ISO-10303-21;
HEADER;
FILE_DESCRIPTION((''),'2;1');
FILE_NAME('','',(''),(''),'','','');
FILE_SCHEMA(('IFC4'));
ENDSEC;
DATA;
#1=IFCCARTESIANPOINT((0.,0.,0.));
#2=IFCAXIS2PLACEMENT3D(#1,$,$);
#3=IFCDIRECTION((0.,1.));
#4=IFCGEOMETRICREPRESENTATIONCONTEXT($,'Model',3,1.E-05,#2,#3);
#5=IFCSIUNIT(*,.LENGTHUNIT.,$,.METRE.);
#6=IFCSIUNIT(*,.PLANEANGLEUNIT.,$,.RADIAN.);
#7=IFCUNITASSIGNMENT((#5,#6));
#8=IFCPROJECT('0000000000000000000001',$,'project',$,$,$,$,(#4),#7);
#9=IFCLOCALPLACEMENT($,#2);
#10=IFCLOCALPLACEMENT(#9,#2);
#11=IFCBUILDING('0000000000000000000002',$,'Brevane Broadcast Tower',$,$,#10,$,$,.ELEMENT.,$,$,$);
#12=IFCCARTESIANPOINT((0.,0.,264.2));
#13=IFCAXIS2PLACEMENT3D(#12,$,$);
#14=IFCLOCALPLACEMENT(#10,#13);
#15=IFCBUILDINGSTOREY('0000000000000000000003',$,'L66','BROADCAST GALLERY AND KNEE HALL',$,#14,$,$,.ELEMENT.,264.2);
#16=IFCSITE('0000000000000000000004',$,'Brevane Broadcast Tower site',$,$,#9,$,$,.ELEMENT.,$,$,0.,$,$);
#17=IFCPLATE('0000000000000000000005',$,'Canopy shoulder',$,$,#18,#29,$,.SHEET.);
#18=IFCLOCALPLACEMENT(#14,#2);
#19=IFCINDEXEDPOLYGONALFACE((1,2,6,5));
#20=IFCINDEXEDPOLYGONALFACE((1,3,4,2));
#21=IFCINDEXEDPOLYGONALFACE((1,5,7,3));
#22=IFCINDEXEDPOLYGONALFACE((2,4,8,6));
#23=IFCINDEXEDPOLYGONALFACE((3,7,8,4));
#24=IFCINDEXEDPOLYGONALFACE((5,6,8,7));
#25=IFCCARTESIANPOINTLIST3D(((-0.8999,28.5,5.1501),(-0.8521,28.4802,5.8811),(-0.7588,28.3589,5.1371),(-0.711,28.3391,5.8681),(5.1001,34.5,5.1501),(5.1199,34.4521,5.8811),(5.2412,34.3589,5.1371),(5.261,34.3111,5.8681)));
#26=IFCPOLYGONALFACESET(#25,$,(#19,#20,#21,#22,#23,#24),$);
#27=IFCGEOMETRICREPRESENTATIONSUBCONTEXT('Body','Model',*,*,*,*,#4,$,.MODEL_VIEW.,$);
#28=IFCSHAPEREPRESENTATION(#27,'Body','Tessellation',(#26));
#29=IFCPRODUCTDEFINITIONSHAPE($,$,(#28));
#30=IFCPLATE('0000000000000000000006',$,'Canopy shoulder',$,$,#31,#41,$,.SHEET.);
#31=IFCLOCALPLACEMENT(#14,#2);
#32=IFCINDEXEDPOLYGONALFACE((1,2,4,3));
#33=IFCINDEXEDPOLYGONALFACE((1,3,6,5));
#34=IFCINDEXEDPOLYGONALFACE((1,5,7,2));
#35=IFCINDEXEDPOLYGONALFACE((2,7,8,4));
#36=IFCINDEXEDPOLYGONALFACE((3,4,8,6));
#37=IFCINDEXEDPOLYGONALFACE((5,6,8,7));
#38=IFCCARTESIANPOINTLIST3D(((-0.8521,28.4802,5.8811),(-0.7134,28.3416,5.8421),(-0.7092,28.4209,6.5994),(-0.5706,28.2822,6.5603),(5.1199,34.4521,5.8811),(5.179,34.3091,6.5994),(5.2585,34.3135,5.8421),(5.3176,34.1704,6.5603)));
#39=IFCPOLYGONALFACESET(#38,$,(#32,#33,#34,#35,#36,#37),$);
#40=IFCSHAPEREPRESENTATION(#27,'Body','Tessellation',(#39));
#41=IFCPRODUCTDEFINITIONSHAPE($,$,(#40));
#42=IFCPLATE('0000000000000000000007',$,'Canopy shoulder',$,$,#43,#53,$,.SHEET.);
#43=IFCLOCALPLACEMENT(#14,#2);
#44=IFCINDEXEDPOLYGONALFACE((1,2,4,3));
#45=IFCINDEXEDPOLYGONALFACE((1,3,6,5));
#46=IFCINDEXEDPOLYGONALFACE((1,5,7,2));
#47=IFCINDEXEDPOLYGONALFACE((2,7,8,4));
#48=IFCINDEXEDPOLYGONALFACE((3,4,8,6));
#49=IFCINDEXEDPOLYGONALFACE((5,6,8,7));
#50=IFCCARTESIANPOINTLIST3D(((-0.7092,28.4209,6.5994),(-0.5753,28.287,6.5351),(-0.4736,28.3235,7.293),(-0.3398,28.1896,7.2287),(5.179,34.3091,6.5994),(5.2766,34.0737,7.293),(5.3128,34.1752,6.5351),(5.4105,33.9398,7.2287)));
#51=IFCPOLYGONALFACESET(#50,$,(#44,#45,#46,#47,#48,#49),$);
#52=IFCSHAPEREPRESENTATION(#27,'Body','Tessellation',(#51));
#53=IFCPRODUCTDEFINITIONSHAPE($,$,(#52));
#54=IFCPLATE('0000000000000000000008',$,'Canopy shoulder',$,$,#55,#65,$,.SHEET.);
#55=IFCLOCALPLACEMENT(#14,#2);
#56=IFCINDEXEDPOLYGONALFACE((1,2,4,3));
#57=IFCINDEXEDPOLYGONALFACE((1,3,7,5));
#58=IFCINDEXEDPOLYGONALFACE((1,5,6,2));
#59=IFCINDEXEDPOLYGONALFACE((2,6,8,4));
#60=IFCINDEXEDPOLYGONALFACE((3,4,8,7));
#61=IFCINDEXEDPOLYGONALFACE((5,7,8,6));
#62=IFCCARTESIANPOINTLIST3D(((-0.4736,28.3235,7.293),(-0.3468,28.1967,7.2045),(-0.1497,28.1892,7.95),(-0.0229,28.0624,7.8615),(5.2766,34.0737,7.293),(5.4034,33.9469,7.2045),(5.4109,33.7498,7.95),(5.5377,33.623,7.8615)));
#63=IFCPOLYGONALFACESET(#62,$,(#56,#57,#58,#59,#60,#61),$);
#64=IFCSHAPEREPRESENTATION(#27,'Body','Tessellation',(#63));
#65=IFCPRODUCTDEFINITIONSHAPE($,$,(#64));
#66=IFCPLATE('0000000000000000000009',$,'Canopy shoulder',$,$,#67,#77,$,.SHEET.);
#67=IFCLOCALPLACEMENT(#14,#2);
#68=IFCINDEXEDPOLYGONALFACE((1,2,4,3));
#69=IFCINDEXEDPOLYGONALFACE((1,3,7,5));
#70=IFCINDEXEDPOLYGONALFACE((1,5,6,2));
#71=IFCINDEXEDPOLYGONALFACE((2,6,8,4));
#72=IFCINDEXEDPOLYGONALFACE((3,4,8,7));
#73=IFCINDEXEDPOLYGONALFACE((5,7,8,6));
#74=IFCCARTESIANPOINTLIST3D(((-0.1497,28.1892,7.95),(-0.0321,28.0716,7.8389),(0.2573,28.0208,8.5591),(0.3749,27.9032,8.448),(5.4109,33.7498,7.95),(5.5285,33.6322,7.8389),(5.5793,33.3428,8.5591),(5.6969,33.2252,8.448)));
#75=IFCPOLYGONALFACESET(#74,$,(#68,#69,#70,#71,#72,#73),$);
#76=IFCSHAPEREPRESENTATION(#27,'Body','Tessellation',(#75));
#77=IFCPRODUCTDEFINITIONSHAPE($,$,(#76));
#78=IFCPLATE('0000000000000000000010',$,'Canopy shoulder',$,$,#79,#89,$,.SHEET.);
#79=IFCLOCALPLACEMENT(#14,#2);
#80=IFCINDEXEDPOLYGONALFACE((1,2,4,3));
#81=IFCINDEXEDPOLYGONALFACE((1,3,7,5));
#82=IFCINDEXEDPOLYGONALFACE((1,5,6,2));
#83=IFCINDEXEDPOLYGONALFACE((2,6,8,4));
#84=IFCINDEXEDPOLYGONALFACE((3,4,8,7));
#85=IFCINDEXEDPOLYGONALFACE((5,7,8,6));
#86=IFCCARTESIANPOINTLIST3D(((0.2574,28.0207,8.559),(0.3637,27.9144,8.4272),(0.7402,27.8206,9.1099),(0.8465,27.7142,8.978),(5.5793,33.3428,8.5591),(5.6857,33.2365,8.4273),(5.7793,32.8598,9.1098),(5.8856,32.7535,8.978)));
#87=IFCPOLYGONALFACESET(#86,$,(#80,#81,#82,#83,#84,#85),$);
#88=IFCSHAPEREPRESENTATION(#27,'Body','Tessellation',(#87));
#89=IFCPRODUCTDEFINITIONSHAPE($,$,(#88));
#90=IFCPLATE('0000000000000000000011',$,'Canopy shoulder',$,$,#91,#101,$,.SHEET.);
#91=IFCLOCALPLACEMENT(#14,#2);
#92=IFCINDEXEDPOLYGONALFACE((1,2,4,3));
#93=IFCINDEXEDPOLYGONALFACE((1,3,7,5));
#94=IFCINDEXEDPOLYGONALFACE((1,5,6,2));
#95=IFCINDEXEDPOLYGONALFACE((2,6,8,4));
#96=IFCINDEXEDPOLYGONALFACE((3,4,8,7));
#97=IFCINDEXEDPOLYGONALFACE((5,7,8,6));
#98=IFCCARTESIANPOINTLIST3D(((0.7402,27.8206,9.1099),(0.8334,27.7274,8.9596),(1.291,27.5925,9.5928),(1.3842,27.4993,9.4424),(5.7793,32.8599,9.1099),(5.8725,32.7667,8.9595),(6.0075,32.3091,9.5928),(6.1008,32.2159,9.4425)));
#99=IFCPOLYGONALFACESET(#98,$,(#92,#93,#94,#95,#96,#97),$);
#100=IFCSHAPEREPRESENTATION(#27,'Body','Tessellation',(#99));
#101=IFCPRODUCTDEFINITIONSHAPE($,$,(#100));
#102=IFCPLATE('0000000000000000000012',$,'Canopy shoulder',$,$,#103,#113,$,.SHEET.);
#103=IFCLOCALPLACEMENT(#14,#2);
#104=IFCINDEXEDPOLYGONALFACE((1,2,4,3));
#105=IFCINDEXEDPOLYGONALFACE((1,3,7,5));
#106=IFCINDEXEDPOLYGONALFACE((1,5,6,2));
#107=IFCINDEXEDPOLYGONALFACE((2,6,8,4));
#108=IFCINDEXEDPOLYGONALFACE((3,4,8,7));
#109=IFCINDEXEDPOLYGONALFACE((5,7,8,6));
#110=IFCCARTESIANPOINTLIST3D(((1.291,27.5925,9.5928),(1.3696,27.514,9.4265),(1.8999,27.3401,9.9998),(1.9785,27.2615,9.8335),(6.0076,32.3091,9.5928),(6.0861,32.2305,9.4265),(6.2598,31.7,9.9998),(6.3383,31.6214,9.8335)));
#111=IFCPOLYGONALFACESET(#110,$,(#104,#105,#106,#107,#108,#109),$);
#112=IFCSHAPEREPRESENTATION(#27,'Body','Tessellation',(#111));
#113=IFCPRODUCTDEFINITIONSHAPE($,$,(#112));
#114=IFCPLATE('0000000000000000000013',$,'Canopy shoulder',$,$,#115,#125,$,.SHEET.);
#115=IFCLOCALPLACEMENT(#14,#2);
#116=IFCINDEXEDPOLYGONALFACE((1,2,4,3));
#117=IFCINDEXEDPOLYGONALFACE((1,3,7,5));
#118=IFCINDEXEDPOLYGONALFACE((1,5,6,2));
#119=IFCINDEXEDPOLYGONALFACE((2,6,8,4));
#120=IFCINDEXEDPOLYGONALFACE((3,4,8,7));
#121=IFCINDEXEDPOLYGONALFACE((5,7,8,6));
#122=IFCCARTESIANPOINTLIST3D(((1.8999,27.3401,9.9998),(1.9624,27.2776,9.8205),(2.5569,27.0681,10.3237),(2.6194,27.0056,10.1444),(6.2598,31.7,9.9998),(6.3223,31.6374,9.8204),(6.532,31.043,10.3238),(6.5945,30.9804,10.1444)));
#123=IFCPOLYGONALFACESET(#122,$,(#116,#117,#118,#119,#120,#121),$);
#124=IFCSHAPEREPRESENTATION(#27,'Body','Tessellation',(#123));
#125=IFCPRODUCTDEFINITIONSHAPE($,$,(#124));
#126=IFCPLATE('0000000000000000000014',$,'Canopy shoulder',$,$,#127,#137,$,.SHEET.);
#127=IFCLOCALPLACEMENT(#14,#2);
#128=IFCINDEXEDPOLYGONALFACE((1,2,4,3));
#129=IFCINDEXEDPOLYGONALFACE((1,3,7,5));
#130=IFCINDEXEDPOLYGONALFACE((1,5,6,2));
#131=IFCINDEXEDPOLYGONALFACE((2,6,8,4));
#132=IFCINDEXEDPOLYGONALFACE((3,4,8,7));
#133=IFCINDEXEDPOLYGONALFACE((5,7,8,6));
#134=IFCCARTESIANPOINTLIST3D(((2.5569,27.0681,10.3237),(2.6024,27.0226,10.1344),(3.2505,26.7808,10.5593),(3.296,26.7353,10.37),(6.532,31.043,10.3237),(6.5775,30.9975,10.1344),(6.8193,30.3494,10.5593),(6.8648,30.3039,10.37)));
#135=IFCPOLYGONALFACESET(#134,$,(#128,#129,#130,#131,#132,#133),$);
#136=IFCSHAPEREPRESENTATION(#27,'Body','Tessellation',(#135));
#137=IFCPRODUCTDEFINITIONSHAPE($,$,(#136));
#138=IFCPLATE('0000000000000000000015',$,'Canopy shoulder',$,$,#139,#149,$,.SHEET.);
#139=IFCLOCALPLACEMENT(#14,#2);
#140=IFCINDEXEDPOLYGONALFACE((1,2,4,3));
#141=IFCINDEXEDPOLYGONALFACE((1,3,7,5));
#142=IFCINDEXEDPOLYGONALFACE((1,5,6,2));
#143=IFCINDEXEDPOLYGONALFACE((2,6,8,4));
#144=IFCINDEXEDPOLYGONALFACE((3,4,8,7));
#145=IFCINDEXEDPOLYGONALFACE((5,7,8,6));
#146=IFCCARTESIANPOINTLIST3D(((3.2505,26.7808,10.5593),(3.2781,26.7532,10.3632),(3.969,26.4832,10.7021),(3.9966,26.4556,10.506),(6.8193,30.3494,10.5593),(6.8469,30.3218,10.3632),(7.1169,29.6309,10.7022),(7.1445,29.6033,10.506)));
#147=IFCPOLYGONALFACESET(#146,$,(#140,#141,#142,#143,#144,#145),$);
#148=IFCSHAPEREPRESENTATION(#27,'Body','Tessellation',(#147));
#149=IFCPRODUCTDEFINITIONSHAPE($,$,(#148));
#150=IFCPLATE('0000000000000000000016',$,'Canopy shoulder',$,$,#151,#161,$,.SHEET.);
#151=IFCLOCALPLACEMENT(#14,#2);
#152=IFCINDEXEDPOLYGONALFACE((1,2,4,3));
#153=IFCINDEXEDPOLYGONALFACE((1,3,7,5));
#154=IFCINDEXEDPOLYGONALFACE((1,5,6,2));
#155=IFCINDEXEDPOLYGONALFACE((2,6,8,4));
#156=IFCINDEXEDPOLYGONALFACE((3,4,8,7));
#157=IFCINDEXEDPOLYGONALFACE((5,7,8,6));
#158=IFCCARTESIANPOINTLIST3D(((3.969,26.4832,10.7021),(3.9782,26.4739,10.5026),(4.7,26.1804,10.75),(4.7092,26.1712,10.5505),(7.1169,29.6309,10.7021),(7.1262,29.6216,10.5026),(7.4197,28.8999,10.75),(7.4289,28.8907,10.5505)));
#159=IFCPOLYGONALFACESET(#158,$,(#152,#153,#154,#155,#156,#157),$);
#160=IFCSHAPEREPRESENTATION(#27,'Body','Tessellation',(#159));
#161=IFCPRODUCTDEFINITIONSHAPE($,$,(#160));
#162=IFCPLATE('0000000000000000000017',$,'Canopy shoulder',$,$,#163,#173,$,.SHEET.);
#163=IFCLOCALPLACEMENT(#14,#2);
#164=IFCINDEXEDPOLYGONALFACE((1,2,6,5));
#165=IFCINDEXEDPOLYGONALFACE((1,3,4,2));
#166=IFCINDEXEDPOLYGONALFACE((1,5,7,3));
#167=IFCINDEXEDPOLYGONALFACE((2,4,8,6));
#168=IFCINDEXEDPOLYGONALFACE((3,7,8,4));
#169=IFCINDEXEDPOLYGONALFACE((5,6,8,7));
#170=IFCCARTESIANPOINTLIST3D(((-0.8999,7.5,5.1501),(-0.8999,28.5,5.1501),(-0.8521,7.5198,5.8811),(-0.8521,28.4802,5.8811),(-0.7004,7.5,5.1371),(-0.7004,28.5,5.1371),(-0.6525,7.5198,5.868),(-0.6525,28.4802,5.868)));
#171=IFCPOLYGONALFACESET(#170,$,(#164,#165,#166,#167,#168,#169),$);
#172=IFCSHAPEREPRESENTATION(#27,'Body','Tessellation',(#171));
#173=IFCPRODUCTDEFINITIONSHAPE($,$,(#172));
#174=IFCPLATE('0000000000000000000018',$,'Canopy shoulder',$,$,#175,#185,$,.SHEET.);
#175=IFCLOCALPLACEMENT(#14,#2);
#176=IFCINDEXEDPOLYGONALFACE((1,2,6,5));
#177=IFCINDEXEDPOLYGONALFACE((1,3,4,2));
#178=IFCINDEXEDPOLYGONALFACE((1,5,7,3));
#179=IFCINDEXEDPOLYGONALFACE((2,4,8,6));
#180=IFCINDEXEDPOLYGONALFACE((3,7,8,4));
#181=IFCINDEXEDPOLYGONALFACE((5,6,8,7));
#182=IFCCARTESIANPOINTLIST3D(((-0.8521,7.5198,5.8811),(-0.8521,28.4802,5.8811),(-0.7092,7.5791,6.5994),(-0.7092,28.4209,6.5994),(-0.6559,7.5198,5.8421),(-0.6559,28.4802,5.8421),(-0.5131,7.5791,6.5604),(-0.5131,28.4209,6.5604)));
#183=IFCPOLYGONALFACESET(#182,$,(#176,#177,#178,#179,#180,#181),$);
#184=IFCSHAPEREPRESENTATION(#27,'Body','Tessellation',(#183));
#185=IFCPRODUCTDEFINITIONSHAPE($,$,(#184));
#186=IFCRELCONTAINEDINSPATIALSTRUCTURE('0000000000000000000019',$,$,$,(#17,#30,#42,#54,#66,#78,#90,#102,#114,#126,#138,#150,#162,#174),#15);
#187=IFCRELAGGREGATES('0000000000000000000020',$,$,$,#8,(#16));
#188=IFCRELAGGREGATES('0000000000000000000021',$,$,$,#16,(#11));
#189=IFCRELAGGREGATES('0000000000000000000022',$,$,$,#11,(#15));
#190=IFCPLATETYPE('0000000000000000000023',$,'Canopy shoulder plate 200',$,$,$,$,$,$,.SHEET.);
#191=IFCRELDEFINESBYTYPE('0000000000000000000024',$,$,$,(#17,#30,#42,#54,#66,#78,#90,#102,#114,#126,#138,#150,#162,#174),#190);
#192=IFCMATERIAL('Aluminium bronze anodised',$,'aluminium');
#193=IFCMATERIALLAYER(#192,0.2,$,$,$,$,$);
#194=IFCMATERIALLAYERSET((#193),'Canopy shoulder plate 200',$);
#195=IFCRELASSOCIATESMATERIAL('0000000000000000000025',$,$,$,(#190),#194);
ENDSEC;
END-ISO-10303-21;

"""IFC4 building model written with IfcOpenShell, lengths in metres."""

from ifc_helpers import new_model, si_unit, direction, frame, origin, place, context, subcontext, project, spatial, polyline, outline, extrude, material, layer, layer_set, type_object, element, save


model = new_model("IFC4")

# Units and contexts
model_context = context("Model", 3, precision=1e-05, world=origin(), true_north=direction((0.0, 1.0)))
body_context = subcontext(model_context, "Body", "Model", "MODEL_VIEW")
ifc_project = project(units=[si_unit("LENGTHUNIT", "METRE"), si_unit("PLANEANGLEUNIT", "RADIAN")], contexts=[model_context])

# Site, building, storey
site_placement = place(None, origin())
site = spatial("IfcSite", under=ifc_project, at=site_placement, Name="Brevane Broadcast Tower site", CompositionType="ELEMENT", RefElevation=0.0)
building_placement = place(site_placement, origin())
building = spatial("IfcBuilding", under=site, at=building_placement, Name="Brevane Broadcast Tower", CompositionType="ELEMENT")
storey_placement = place(building_placement, frame((0.0, 0.0, 264.2)))
storey = spatial("IfcBuildingStorey", under=building, at=storey_placement, Name="L66", Description="BROADCAST GALLERY AND KNEE HALL", CompositionType="ELEMENT", Elevation=264.2)

# Plates
ifc_material_1 = material(Name="Aluminium bronze anodised", Category="aluminium")
ifc_layer_1 = layer(ifc_material_1, 0.2)
ifc_layer_set_1 = layer_set([ifc_layer_1], Name="Canopy shoulder plate 200")
plate_type_1 = type_object("IfcPlateType", Name="Canopy shoulder plate 200", PredefinedType="SHEET", material=ifc_layer_set_1)
plate_1_placement = place(storey_placement, frame((5.1001, 34.5, 5.1501), z_axis=(-0.705598, 0.705598, 0.065281), x_axis=(-0.707107, -0.707107, 0.0)))
element("IfcPlate", 1, at=plate_1_placement, inside=storey, type_object=plate_type_1, Name="Canopy shoulder", PredefinedType="SHEET", context=body_context, shape_type="SweptSolid", body=[
    extrude(outline(polyline([(0.0, 0.0), (8.4853, 0.0), (8.4654, 0.7325), (0.0199, 0.7325), (0.0, 0.0)])), origin(), (0.0, 0.0, -1.0), 0.2),
])
plate_2_placement = place(storey_placement, frame((5.1199, 34.4521, 5.8811), z_axis=(-0.693507, 0.693507, 0.195181), x_axis=(-0.707107, -0.707107, 0.0)))
element("IfcPlate", 2, at=plate_2_placement, inside=storey, type_object=plate_type_1, Name="Canopy shoulder", PredefinedType="SHEET", context=body_context, shape_type="SweptSolid", body=[
    extrude(outline(polyline([(0.0, 0.0), (8.4456, 0.0), (8.3865, 0.7323), (0.0594, 0.7323), (0.0, 0.0)])), origin(), (0.0, 0.0, -1.0), 0.2),
])
plate_3_placement = place(storey_placement, frame((5.179, 34.3091, 6.5994), z_axis=(-0.669573, 0.669573, 0.321471), x_axis=(-0.707107, -0.707107, 0.0)))
element("IfcPlate", 3, at=plate_3_placement, inside=storey, type_object=plate_type_1, Name="Canopy shoulder", PredefinedType="SHEET", context=body_context, shape_type="SweptSolid", body=[
    extrude(outline(polyline([(0.0, 0.0), (8.3271, 0.0), (8.2294, 0.7325), (0.0974, 0.7325), (0.0, 0.0)])), origin(), (0.0, 0.0, -1.0), 0.2),
])
plate_4_placement = place(storey_placement, frame((5.2766, 34.0737, 7.293), z_axis=(-0.634167, 0.634167, 0.442338), x_axis=(-0.707107, -0.707107, 0.0)))
element("IfcPlate", 4, at=plate_4_placement, inside=storey, type_object=plate_type_1, Name="Canopy shoulder", PredefinedType="SHEET", context=body_context, shape_type="SweptSolid", body=[
    extrude(outline(polyline([(0.0, 0.0), (8.1321, 0.0), (7.9979, 0.7325), (0.1341, 0.7325), (0.0, 0.0)])), origin(), (0.0, 0.0, -1.0), 0.2),
])
plate_5_placement = place(storey_placement, frame((5.4109, 33.7498, 7.95), z_axis=(-0.587987, 0.587987, 0.555465), x_axis=(-0.707107, -0.707107, 0.0)))
element("IfcPlate", 5, at=plate_5_placement, inside=storey, type_object=plate_type_1, Name="Canopy shoulder", PredefinedType="SHEET", context=body_context, shape_type="SweptSolid", body=[
    extrude(outline(polyline([(0.0, 0.0), (7.8638, 0.0), (7.6951, 0.7325), (0.1687, 0.7325), (0.0, 0.0)])), origin(), (0.0, 0.0, -1.0), 0.2),
])
plate_6_placement = place(storey_placement, frame((5.5793, 33.3428, 8.5591), z_axis=(-0.531676, 0.531663, 0.659284), x_axis=(-0.707102, -0.707111, -0.000006)))
element("IfcPlate", 6, at=plate_6_placement, inside=storey, type_object=plate_type_1, Name="Canopy shoulder", PredefinedType="SHEET", context=body_context, shape_type="SweptSolid", body=[
    extrude(outline(polyline([(0.0, 0.0), (7.5265, 0.0), (7.3266, 0.7326), (0.2001, 0.7325), (0.0, 0.0)])), origin(), (0.0, 0.0, -1.0), 0.2),
])
plate_7_placement = place(storey_placement, frame((5.7793, 32.8599, 9.1099), z_axis=(-0.46617, 0.466158, 0.751919), x_axis=(-0.707093, -0.70712, 0.000006)))
element("IfcPlate", 7, at=plate_7_placement, inside=storey, type_object=plate_type_1, Name="Canopy shoulder", PredefinedType="SHEET", context=body_context, shape_type="SweptSolid", body=[
    extrude(outline(polyline([(0.0, 0.0), (7.1265, 0.0), (6.8983, 0.7324), (0.2281, 0.7326), (0.0, 0.0)])), origin(), (0.0, 0.0, -1.0), 0.2),
])
plate_8_placement = place(storey_placement, frame((6.0076, 32.3091, 9.5928), z_axis=(-0.392866, 0.392866, 0.831452), x_axis=(-0.707107, -0.707107, 0.0)))
element("IfcPlate", 8, at=plate_8_placement, inside=storey, type_object=plate_type_1, Name="Canopy shoulder", PredefinedType="SHEET", context=body_context, shape_type="SweptSolid", body=[
    extrude(outline(polyline([(0.0, 0.0), (6.6702, 0.0), (6.4182, 0.7325), (0.2524, 0.7325), (0.0, 0.0)])), origin(), (0.0, 0.0, -1.0), 0.2),
])
plate_9_placement = place(storey_placement, frame((6.2598, 31.7, 9.9998), z_axis=(-0.31274, 0.312749, 0.896873), x_axis=(-0.707109, -0.707105, 0.000006)))
element("IfcPlate", 9, at=plate_9_placement, inside=storey, type_object=plate_type_1, Name="Canopy shoulder", PredefinedType="SHEET", context=body_context, shape_type="SweptSolid", body=[
    extrude(outline(polyline([(0.0, 0.0), (6.1658, 0.0), (5.8935, 0.7324), (0.2721, 0.7326), (0.0, 0.0)])), origin(), (0.0, 0.0, -1.0), 0.2),
])
plate_10_placement = place(storey_placement, frame((6.532, 31.043, 10.3237), z_axis=(-0.227403, 0.227417, 0.946874), x_axis=(-0.707129, -0.707085, 0.000001)))
element("IfcPlate", 10, at=plate_10_placement, inside=storey, type_object=plate_type_1, Name="Canopy shoulder", PredefinedType="SHEET", context=body_context, shape_type="SweptSolid", body=[
    extrude(outline(polyline([(0.0, 0.0), (5.6215, 0.0), (5.3342, 0.7326), (0.2872, 0.7326), (0.0, 0.0)])), origin(), (0.0, 0.0, -1.0), 0.2),
])
plate_11_placement = place(storey_placement, frame((6.8193, 30.3494, 10.5593), z_axis=(-0.137855, 0.137865, 0.98081), x_axis=(-0.707131, -0.707083, 0.0)))
element("IfcPlate", 11, at=plate_11_placement, inside=storey, type_object=plate_type_1, Name="Canopy shoulder", PredefinedType="SHEET", context=body_context, shape_type="SweptSolid", body=[
    extrude(outline(polyline([(0.0, 0.0), (5.0469, 0.0), (4.7493, 0.7325), (0.2976, 0.7326), (0.0, 0.0)])), origin(), (0.0, 0.0, -1.0), 0.2),
])
plate_12_placement = place(storey_placement, frame((7.1169, 29.6309, 10.7021), z_axis=(-0.046191, 0.046195, 0.997864), x_axis=(-0.707134, -0.707079, 0.0)))
element("IfcPlate", 12, at=plate_12_placement, inside=storey, type_object=plate_type_1, Name="Canopy shoulder", PredefinedType="SHEET", context=body_context, shape_type="SweptSolid", body=[
    extrude(outline(polyline([(0.0, 0.0), (4.4517, 0.0), (4.1489, 0.7325), (0.3028, 0.7325), (0.0, 0.0)])), origin(), (0.0, 0.0, -1.0), 0.2),
])
plate_13_placement = place(storey_placement, frame((-0.8999, 28.5, 5.1501), z_axis=(-0.997864, 0.0, 0.065324), x_axis=(0.0, -1.0, 0.0)))
element("IfcPlate", 13, at=plate_13_placement, inside=storey, type_object=plate_type_1, Name="Canopy shoulder", PredefinedType="SHEET", context=body_context, shape_type="SweptSolid", body=[
    extrude(outline(polyline([(0.0, 0.0), (21.0, 0.0), (20.9802, 0.7325), (0.0198, 0.7325), (0.0, 0.0)])), origin(), (0.0, 0.0, -1.0), 0.2),
])
plate_14_placement = place(storey_placement, frame((-0.8521, 28.4802, 5.8811), z_axis=(-0.980798, 0.0, 0.195026), x_axis=(0.0, -1.0, 0.0)))
element("IfcPlate", 14, at=plate_14_placement, inside=storey, type_object=plate_type_1, Name="Canopy shoulder", PredefinedType="SHEET", context=body_context, shape_type="SweptSolid", body=[
    extrude(outline(polyline([(0.0, 0.0), (20.9604, 0.0), (20.9011, 0.7323), (0.0593, 0.7323), (0.0, 0.0)])), origin(), (0.0, 0.0, -1.0), 0.2),
])

save(model, "model.ifc")
